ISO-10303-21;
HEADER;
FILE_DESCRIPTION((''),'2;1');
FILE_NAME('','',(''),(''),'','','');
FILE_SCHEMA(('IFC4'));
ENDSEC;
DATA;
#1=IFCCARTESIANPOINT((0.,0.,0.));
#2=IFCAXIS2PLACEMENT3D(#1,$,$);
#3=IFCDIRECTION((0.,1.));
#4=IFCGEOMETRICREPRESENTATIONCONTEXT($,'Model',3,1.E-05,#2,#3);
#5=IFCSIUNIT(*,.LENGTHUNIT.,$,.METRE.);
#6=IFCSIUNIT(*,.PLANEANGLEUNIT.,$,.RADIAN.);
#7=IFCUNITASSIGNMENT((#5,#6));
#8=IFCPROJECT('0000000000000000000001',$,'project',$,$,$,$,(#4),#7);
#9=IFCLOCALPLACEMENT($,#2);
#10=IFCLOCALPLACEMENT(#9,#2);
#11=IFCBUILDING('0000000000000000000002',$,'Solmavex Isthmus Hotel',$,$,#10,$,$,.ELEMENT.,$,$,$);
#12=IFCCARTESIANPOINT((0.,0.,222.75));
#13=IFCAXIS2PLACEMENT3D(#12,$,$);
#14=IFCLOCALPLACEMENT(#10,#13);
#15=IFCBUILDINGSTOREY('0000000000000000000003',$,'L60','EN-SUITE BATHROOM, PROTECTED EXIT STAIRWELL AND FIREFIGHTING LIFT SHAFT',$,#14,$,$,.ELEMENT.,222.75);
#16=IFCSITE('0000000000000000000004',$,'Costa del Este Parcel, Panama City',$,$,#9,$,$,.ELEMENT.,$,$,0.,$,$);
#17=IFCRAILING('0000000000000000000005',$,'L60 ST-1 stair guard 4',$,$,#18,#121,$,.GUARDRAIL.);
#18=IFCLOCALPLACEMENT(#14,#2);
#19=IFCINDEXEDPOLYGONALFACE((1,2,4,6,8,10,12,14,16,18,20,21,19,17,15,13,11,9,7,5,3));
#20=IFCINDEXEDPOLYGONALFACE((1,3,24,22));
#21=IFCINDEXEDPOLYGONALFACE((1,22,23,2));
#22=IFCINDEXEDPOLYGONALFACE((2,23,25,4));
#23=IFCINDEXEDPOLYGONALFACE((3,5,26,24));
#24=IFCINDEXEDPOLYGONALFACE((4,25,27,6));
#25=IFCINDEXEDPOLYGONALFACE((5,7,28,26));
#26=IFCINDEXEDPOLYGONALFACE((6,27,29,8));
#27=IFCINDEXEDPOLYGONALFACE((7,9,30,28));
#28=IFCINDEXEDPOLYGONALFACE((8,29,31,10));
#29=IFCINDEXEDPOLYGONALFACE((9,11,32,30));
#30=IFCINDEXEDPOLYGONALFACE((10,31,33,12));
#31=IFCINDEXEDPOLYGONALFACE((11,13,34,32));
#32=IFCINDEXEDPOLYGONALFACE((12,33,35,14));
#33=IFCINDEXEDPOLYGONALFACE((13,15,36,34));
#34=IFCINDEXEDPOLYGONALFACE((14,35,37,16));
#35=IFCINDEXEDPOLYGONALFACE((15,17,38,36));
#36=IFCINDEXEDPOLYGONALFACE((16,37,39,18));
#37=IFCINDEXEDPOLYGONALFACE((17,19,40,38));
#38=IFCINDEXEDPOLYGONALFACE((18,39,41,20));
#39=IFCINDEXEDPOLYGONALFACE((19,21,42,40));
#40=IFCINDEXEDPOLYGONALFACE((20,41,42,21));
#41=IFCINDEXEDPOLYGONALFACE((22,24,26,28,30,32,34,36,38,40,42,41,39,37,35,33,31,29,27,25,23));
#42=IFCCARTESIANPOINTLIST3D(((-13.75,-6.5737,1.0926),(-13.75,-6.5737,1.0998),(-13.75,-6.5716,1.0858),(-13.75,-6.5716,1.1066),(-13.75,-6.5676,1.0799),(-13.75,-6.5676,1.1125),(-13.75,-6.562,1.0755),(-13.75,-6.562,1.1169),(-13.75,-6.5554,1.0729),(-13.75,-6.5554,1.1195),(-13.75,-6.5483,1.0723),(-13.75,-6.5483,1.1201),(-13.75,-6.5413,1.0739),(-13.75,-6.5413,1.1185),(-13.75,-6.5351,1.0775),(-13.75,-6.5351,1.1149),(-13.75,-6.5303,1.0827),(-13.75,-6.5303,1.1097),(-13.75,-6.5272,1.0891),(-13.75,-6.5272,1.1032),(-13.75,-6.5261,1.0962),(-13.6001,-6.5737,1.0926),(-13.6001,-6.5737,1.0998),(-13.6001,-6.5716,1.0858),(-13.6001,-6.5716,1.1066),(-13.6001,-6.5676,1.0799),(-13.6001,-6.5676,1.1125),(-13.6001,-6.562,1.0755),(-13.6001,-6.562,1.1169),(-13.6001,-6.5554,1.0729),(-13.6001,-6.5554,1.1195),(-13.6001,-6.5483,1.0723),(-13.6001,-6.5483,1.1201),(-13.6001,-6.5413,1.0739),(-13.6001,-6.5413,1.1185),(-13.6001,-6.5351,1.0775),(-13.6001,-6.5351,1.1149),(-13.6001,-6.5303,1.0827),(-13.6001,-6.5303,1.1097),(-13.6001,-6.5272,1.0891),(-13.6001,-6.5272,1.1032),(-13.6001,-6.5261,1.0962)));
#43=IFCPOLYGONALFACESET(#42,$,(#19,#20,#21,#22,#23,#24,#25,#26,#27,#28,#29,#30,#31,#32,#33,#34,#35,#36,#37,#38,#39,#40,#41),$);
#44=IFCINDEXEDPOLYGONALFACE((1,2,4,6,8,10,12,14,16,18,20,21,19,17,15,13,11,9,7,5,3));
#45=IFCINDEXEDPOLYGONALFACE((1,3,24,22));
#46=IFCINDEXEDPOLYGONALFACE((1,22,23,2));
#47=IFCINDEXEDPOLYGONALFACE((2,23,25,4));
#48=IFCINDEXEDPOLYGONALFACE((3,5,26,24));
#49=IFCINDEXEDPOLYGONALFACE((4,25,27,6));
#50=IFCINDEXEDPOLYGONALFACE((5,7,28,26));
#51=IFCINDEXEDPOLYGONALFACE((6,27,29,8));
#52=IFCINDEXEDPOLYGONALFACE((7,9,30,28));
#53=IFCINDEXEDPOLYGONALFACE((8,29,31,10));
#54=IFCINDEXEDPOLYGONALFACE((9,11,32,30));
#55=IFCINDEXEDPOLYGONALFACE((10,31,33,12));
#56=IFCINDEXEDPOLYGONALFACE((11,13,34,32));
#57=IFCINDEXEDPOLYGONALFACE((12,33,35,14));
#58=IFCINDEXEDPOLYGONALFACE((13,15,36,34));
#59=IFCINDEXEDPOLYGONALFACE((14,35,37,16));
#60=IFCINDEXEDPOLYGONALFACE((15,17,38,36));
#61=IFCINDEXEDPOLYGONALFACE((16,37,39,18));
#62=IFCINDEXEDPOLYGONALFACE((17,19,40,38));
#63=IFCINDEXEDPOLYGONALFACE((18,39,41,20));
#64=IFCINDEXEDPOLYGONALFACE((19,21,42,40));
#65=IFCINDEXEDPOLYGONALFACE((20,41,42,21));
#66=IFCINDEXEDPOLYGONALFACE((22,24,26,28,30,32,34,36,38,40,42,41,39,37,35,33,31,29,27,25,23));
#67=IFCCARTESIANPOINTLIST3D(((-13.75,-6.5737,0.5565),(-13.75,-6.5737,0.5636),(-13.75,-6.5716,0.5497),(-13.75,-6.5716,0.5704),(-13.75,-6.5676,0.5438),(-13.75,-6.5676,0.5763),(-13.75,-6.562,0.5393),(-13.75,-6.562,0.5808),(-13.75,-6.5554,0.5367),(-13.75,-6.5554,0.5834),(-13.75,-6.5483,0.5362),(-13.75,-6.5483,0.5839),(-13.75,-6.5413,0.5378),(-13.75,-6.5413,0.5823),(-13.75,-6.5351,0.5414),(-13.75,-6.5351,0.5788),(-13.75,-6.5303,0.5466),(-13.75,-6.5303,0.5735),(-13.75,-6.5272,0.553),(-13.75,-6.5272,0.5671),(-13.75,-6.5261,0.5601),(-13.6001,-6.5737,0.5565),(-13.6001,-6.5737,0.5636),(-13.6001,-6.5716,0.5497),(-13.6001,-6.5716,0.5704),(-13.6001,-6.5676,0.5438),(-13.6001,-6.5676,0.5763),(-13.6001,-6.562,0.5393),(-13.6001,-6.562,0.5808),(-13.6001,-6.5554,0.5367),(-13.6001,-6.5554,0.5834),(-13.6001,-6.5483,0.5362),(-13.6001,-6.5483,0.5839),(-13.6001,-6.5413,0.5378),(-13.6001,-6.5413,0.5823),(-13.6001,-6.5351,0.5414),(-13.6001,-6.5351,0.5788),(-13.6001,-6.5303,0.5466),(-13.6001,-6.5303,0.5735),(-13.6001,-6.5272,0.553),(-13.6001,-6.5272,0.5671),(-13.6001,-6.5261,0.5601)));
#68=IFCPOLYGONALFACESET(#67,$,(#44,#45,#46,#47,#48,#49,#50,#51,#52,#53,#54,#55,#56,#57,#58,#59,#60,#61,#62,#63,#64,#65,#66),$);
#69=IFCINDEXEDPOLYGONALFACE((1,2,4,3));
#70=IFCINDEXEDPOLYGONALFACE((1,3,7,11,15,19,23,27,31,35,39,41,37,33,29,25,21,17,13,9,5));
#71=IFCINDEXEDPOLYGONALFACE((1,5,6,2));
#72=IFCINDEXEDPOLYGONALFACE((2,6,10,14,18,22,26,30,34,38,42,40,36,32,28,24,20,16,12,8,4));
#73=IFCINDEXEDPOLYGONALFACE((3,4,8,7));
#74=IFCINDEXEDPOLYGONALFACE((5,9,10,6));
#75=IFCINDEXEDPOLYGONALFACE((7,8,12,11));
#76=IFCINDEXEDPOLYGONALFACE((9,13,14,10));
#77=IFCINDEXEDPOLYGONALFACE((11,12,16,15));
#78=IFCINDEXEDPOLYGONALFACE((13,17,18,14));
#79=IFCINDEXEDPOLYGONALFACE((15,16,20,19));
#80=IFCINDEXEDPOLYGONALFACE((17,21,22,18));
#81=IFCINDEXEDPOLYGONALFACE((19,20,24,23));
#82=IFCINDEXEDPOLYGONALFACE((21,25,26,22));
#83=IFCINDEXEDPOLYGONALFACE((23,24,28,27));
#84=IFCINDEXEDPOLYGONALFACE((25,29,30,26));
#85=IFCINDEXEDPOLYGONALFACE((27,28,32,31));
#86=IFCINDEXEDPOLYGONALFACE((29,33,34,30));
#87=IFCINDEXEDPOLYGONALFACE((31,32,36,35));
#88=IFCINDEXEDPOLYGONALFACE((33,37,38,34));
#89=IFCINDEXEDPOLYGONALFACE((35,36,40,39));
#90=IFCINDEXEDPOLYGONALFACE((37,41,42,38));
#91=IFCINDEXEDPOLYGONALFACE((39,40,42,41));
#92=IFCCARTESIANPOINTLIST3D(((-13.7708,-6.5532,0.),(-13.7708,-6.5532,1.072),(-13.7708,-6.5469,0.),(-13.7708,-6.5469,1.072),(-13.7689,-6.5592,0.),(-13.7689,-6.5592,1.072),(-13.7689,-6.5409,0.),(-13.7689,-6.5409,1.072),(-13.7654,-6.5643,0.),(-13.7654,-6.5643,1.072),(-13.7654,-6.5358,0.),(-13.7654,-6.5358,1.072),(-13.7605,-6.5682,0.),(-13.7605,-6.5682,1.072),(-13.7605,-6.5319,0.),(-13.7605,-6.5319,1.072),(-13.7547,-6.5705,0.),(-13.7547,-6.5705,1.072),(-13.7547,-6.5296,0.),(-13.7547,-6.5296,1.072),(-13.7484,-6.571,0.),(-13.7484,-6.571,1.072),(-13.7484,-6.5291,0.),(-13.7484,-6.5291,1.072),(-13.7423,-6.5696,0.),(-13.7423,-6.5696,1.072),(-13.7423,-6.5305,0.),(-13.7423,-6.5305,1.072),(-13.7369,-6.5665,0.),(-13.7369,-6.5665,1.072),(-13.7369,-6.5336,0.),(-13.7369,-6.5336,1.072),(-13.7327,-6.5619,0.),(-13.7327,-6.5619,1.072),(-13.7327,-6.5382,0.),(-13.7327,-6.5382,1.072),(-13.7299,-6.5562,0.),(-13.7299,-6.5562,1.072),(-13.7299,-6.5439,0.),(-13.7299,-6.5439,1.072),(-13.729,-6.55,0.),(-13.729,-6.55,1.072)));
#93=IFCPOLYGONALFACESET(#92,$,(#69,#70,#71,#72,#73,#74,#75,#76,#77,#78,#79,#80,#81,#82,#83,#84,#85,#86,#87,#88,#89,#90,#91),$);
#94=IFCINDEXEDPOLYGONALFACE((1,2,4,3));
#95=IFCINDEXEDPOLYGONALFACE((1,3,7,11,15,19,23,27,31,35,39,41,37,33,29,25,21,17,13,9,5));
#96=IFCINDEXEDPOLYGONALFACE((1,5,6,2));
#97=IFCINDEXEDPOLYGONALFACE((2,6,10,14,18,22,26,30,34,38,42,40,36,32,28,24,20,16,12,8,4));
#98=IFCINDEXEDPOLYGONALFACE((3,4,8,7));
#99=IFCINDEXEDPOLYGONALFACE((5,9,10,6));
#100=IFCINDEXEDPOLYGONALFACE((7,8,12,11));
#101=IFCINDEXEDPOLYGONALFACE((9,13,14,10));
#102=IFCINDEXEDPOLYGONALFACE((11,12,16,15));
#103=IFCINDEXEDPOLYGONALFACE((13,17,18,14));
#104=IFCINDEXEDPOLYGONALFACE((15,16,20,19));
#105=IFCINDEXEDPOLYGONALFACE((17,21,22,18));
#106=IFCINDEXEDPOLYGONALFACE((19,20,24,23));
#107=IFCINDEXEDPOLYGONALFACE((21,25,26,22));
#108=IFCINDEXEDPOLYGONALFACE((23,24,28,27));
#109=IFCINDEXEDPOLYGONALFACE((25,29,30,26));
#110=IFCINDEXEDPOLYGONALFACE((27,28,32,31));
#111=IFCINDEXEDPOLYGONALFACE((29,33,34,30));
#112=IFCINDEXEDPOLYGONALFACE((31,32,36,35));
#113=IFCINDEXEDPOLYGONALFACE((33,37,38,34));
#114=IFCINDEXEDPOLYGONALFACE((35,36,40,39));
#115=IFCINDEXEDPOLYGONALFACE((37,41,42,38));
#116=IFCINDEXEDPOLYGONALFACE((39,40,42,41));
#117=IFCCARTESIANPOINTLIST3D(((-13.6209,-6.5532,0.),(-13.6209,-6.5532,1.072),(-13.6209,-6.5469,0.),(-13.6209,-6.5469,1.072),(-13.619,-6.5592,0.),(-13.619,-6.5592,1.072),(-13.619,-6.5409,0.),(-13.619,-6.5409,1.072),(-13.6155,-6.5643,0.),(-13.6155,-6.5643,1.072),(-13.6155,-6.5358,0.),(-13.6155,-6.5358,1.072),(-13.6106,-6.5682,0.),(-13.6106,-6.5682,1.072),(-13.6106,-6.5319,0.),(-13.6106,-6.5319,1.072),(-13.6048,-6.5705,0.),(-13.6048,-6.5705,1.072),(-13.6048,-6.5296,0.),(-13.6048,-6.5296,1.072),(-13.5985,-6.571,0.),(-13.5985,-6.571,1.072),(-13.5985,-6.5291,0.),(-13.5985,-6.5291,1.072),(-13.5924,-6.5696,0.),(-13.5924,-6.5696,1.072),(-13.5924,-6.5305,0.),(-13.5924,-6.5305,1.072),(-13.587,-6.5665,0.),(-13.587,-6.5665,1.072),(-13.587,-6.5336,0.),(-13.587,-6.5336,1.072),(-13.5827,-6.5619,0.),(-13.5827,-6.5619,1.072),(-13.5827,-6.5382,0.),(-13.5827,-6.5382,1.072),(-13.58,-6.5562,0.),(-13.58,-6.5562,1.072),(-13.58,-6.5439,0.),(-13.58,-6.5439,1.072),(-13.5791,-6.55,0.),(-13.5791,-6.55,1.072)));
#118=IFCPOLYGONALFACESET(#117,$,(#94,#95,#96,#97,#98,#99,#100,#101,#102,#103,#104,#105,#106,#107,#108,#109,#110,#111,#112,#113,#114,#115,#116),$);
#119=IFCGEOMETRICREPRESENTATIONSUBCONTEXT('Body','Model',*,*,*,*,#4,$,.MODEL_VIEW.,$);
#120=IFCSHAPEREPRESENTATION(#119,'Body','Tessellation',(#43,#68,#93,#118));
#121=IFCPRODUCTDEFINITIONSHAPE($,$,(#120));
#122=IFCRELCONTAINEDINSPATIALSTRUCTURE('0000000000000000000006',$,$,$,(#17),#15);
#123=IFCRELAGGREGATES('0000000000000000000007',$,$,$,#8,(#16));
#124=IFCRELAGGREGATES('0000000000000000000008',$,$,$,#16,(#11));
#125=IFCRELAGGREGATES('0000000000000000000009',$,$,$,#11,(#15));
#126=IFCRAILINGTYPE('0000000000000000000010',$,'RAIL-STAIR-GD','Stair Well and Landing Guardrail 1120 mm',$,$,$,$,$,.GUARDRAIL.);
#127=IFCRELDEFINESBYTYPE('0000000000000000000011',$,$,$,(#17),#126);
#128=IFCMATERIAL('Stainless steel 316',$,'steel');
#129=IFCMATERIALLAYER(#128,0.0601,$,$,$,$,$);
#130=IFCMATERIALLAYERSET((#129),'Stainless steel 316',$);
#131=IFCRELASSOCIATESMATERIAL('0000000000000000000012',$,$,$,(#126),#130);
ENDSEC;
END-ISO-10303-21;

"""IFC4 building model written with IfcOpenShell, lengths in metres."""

from ifc_helpers import new_model, si_unit, direction, frame, origin, origin_2d, place, context, subcontext, project, spatial, circle, extrude, material, layer, layer_set, type_object, element, save


model = new_model("IFC4")

# Units and contexts
model_context = context("Model", 3, precision=1e-05, world=origin(), true_north=direction((0.0, 1.0)))
body_context = subcontext(model_context, "Body", "Model", "MODEL_VIEW")
ifc_project = project(units=[si_unit("LENGTHUNIT", "METRE"), si_unit("PLANEANGLEUNIT", "RADIAN")], contexts=[model_context])

# Site, building, storey
site_placement = place(None, origin())
site = spatial("IfcSite", under=ifc_project, at=site_placement, Name="Costa del Este Parcel, Panama City", CompositionType="ELEMENT", RefElevation=0.0)
building_placement = place(site_placement, origin())
building = spatial("IfcBuilding", under=site, at=building_placement, Name="Solmavex Isthmus Hotel", CompositionType="ELEMENT")
storey_placement = place(building_placement, frame((0.0, 0.0, 222.75)))
storey = spatial("IfcBuildingStorey", under=building, at=storey_placement, Name="L60", Description="EN-SUITE BATHROOM, PROTECTED EXIT STAIRWELL AND FIREFIGHTING LIFT SHAFT", CompositionType="ELEMENT", Elevation=222.75)

# Railing
ifc_material_1 = material(Name="Stainless steel 316", Category="steel")
ifc_layer_1 = layer(ifc_material_1, 0.0601)
ifc_layer_set_1 = layer_set([ifc_layer_1], Name="Stainless steel 316")
railing_type_1 = type_object("IfcRailingType", Name="RAIL-STAIR-GD", Description="Stair Well and Landing Guardrail 1120 mm", PredefinedType="GUARDRAIL", material=ifc_layer_set_1)
railing_1_placement = place(storey_placement, frame((-13.75, -6.55, 0.0)))
element("IfcRailing", 1, at=railing_1_placement, inside=storey, type_object=railing_type_1, Name="L60 ST-1 stair guard 4", PredefinedType="GUARDRAIL", context=body_context, shape_type="SweptSolid", body=[
    extrude(circle(Radius=0.0239, at=origin_2d()), frame((0.0, 0.0, 1.0962), z_axis=(1.0, 0.0, 0.0), x_axis=(0.0, 1.0, 0.0)), (0.0, 0.0, 1.0), 0.1499),
    extrude(circle(Radius=0.0239, at=origin_2d()), frame((0.0, 0.0, 0.5601), z_axis=(1.0, 0.0, 0.0), x_axis=(0.0, 1.0, 0.0)), (0.0, 0.0, 1.0), 0.1499),
    extrude(circle(Radius=0.021, at=origin_2d()), origin(), (0.0, 0.0, 1.0), 1.072),
    extrude(circle(Radius=0.021, at=origin_2d()), frame((0.1499, 0.0, 0.0)), (0.0, 0.0, 1.0), 1.072),
])

save(model, "model.ifc")
